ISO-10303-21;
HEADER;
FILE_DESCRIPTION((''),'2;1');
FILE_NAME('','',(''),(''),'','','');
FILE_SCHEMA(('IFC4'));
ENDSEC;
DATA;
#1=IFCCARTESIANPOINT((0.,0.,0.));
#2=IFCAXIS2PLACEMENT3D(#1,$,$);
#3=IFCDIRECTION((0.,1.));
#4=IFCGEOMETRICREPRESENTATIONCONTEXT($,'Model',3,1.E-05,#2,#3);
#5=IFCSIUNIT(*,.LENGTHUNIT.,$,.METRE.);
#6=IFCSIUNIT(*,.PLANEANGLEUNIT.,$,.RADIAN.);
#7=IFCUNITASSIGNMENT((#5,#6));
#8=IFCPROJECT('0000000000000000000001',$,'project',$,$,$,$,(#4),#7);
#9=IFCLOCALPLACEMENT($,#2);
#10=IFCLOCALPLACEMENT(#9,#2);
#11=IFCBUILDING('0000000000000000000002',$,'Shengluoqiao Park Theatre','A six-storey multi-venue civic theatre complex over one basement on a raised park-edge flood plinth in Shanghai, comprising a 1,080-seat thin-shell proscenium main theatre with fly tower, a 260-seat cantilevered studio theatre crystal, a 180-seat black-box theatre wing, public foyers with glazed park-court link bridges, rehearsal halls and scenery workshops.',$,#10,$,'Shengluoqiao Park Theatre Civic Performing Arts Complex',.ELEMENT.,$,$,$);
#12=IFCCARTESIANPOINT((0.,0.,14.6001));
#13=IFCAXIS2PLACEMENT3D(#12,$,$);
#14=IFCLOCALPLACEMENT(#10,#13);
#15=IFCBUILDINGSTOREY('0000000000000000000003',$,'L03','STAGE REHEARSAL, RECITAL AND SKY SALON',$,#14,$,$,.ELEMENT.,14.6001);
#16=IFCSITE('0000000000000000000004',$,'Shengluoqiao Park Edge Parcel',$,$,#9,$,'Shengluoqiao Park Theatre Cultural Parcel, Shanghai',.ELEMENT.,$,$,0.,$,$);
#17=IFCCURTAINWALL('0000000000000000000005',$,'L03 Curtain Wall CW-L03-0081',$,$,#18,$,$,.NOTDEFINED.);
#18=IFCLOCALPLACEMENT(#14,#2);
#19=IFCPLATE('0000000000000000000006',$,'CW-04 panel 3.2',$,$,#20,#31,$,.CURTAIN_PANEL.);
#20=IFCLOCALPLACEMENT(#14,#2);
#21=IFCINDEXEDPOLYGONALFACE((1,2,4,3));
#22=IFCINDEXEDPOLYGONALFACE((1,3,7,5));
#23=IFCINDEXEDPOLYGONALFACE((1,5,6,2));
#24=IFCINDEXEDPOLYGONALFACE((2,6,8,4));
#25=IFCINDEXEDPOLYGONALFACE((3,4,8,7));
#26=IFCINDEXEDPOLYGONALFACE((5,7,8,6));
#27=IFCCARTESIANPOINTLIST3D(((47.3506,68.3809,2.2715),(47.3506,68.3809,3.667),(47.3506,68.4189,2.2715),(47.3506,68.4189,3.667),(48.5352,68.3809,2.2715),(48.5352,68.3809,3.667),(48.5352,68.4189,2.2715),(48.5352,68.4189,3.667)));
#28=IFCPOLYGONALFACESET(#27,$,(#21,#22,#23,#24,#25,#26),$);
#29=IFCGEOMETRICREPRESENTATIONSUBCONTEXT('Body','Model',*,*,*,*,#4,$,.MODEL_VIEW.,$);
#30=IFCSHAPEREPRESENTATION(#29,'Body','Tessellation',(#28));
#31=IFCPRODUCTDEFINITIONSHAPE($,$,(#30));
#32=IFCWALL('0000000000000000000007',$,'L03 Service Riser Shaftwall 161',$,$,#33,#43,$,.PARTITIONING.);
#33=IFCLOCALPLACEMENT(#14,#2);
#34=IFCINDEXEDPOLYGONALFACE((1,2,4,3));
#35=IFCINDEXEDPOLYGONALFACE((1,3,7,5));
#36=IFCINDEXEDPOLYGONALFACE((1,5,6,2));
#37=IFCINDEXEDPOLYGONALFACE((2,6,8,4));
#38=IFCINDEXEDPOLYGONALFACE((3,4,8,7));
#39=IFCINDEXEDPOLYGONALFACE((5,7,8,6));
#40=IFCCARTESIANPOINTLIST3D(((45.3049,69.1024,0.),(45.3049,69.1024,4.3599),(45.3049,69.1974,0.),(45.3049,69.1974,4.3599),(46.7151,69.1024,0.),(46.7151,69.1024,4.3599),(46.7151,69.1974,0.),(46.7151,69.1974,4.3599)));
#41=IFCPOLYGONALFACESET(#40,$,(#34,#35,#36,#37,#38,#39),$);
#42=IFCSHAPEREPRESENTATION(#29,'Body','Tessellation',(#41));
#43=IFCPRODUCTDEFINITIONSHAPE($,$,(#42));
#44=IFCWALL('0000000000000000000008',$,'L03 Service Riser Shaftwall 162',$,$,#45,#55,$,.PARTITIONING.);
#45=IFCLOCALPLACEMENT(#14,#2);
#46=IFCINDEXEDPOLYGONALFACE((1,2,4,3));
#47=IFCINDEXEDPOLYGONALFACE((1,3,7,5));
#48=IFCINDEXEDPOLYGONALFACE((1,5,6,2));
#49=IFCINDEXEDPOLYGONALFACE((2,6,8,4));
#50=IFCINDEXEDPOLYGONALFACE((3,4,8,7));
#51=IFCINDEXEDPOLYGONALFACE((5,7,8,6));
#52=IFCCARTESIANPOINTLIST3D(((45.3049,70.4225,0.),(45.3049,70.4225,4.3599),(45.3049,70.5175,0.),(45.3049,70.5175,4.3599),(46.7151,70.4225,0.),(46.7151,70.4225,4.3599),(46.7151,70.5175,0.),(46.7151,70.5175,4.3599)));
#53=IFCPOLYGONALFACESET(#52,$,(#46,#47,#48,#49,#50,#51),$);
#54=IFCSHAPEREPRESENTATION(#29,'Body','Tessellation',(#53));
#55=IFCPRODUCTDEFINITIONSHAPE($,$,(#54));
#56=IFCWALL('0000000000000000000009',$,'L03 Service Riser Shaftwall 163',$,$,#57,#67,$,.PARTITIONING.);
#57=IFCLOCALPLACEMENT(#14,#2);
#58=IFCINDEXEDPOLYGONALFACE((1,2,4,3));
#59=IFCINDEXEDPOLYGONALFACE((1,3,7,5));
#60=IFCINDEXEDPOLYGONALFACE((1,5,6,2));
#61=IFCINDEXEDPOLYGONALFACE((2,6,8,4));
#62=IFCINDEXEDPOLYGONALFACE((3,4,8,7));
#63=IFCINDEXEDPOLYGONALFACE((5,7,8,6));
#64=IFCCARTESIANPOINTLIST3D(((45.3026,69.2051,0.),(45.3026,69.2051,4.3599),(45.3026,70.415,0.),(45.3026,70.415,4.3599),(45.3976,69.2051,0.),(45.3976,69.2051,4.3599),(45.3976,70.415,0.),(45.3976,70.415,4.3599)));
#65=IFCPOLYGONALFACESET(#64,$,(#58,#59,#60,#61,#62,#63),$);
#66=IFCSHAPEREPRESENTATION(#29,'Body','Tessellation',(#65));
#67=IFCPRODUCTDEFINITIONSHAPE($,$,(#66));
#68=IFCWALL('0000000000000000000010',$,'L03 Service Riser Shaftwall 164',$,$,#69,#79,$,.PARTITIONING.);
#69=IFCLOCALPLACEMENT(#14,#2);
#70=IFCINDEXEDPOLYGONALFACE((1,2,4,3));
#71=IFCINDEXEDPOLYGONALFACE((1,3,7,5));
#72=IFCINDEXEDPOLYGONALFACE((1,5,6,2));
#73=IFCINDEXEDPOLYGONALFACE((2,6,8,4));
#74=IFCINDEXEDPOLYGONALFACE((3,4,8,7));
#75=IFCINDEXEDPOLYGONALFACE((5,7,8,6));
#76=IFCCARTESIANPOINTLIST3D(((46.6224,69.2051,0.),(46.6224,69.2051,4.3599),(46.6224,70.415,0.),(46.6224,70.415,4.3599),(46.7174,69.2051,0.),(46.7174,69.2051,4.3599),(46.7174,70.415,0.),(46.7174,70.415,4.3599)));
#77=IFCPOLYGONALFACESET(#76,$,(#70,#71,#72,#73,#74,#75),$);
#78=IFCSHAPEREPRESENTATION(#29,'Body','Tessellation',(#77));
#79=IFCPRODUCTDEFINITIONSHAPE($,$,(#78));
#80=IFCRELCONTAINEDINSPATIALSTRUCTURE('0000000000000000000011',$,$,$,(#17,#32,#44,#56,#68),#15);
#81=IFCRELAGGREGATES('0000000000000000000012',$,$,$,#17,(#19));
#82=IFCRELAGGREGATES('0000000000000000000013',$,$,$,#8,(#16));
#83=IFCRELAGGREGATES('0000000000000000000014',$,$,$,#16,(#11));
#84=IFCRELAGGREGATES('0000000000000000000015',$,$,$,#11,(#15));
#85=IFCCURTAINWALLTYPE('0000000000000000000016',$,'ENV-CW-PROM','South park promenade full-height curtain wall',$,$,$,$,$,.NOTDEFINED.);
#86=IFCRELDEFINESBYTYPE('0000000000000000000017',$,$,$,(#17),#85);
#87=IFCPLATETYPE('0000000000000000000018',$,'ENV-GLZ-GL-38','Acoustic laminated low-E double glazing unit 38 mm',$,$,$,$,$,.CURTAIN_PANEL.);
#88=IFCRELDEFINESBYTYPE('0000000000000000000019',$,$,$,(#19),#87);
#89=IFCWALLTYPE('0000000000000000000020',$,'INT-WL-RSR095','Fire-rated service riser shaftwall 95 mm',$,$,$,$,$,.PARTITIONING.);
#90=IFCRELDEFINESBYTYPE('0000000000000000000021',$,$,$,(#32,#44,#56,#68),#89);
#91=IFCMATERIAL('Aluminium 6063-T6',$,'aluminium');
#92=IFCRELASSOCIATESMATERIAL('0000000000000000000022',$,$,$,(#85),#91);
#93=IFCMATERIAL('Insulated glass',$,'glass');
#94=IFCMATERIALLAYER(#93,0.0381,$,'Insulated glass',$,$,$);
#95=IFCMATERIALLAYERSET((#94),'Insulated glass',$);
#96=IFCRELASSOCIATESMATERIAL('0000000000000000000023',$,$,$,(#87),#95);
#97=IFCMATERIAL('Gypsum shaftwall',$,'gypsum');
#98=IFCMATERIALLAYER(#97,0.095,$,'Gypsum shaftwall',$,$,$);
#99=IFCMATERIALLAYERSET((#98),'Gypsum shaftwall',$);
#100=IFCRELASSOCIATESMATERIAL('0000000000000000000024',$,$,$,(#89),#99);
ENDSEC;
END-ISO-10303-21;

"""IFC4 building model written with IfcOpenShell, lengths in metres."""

from ifc_helpers import new_model, si_unit, direction, frame, frame_2d, origin, origin_2d, place, context, subcontext, project, spatial, rectangle, extrude, material, layer, layer_set, type_object, element, aggregate, save


model = new_model("IFC4")

# Units and contexts
model_context = context("Model", 3, precision=1e-05, world=origin(), true_north=direction((0.0, 1.0)))
body_context = subcontext(model_context, "Body", "Model", "MODEL_VIEW")
ifc_project = project(units=[si_unit("LENGTHUNIT", "METRE"), si_unit("PLANEANGLEUNIT", "RADIAN")], contexts=[model_context])

# Site, building, storey
site_placement = place(None, origin())
site = spatial("IfcSite", under=ifc_project, at=site_placement, Name="Shengluoqiao Park Edge Parcel", LongName="Shengluoqiao Park Theatre Cultural Parcel, Shanghai", CompositionType="ELEMENT", RefElevation=0.0)
building_placement = place(site_placement, origin())
building = spatial("IfcBuilding", under=site, at=building_placement, Name="Shengluoqiao Park Theatre", Description="A six-storey multi-venue civic theatre complex over one basement on a raised park-edge flood plinth in Shanghai, comprising a 1,080-seat thin-shell proscenium main theatre with fly tower, a 260-seat cantilevered studio theatre crystal, a 180-seat black-box theatre wing, public foyers with glazed park-court link bridges, rehearsal halls and scenery workshops.", LongName="Shengluoqiao Park Theatre Civic Performing Arts Complex", CompositionType="ELEMENT")
storey_placement = place(building_placement, frame((0.0, 0.0, 14.6001)))
storey = spatial("IfcBuildingStorey", under=building, at=storey_placement, Name="L03", Description="STAGE REHEARSAL, RECITAL AND SKY SALON", CompositionType="ELEMENT", Elevation=14.6001)

# Curtain wall
ifc_material_1 = material(Name="Aluminium 6063-T6", Category="aluminium")
curtain_wall_type = type_object("IfcCurtainWallType", Name="ENV-CW-PROM", Description="South park promenade full-height curtain wall", PredefinedType="NOTDEFINED", material=ifc_material_1)
curtain_wall_1_placement = place(storey_placement, origin())
curtain_wall_1 = element("IfcCurtainWall", 1, at=curtain_wall_1_placement, inside=storey, type_object=curtain_wall_type, Name="L03 Curtain Wall CW-L03-0081", PredefinedType="NOTDEFINED")

# Plate
ifc_material_2 = material(Name="Insulated glass", Category="glass")
ifc_layer_1 = layer(ifc_material_2, 0.0381, Name="Insulated glass")
ifc_layer_set_1 = layer_set([ifc_layer_1], Name="Insulated glass")
plate_type = type_object("IfcPlateType", Name="ENV-GLZ-GL-38", Description="Acoustic laminated low-E double glazing unit 38 mm", PredefinedType="CURTAIN_PANEL", material=ifc_layer_set_1)
plate_1_placement = place(storey_placement, frame((47.9429, 68.3999, 2.2715), z_axis=(0.0, 0.0, 1.0), x_axis=(1.0, 0.0, 0.0)))
plate_1 = element("IfcPlate", 2, at=plate_1_placement, type_object=plate_type, Name="CW-04 panel 3.2", PredefinedType="CURTAIN_PANEL", context=body_context, shape_type="SweptSolid", body=[
    extrude(rectangle(XDim=1.1846, YDim=0.0381, at=origin_2d()), origin(), (0.0, 0.0, 1.0), 1.3955),
])
aggregate(curtain_wall_1, [plate_1])

# Walls
ifc_material_3 = material(Name="Gypsum shaftwall", Category="gypsum")
ifc_layer_2 = layer(ifc_material_3, 0.095, Name="Gypsum shaftwall")
ifc_layer_set_2 = layer_set([ifc_layer_2], Name="Gypsum shaftwall")
wall_type = type_object("IfcWallType", Name="INT-WL-RSR095", Description="Fire-rated service riser shaftwall 95 mm", PredefinedType="PARTITIONING", material=ifc_layer_set_2)
for number, where, z_axis, x_axis, name in (
    (3, (45.3049, 69.1499, 0.0), (0.0, 0.0, 1.0), (1.0, 0.0, 0.0), "L03 Service Riser Shaftwall 161"),
    (4, (45.3049, 70.47, 0.0), (0.0, 0.0, 1.0), (1.0, 0.0, 0.0), "L03 Service Riser Shaftwall 162"),
):
    element("IfcWall", number, at=place(storey_placement, frame(where, z_axis=z_axis, x_axis=x_axis)), inside=storey, type_object=wall_type, Name=name, PredefinedType="PARTITIONING", context=body_context, shape_type="SweptSolid", body=[
        extrude(rectangle(XDim=1.4102, YDim=0.095, at=frame_2d((0.7051, 0.0))), origin(), (0.0, 0.0, 1.0), 4.3599),
    ])
for number, where, z_axis, x_axis, name in (
    (5, (45.3501, 69.2051, 0.0), (0.0, 0.0, 1.0), (0.0, 1.0, 0.0), "L03 Service Riser Shaftwall 163"),
    (6, (46.6699, 69.2051, 0.0), (0.0, 0.0, 1.0), (0.0, 1.0, 0.0), "L03 Service Riser Shaftwall 164"),
):
    element("IfcWall", number, at=place(storey_placement, frame(where, z_axis=z_axis, x_axis=x_axis)), inside=storey, type_object=wall_type, Name=name, PredefinedType="PARTITIONING", context=body_context, shape_type="SweptSolid", body=[
        extrude(rectangle(XDim=1.21, YDim=0.095, at=frame_2d((0.605, 0.0))), origin(), (0.0, 0.0, 1.0), 4.3599),
    ])

save(model, "model.ifc")
